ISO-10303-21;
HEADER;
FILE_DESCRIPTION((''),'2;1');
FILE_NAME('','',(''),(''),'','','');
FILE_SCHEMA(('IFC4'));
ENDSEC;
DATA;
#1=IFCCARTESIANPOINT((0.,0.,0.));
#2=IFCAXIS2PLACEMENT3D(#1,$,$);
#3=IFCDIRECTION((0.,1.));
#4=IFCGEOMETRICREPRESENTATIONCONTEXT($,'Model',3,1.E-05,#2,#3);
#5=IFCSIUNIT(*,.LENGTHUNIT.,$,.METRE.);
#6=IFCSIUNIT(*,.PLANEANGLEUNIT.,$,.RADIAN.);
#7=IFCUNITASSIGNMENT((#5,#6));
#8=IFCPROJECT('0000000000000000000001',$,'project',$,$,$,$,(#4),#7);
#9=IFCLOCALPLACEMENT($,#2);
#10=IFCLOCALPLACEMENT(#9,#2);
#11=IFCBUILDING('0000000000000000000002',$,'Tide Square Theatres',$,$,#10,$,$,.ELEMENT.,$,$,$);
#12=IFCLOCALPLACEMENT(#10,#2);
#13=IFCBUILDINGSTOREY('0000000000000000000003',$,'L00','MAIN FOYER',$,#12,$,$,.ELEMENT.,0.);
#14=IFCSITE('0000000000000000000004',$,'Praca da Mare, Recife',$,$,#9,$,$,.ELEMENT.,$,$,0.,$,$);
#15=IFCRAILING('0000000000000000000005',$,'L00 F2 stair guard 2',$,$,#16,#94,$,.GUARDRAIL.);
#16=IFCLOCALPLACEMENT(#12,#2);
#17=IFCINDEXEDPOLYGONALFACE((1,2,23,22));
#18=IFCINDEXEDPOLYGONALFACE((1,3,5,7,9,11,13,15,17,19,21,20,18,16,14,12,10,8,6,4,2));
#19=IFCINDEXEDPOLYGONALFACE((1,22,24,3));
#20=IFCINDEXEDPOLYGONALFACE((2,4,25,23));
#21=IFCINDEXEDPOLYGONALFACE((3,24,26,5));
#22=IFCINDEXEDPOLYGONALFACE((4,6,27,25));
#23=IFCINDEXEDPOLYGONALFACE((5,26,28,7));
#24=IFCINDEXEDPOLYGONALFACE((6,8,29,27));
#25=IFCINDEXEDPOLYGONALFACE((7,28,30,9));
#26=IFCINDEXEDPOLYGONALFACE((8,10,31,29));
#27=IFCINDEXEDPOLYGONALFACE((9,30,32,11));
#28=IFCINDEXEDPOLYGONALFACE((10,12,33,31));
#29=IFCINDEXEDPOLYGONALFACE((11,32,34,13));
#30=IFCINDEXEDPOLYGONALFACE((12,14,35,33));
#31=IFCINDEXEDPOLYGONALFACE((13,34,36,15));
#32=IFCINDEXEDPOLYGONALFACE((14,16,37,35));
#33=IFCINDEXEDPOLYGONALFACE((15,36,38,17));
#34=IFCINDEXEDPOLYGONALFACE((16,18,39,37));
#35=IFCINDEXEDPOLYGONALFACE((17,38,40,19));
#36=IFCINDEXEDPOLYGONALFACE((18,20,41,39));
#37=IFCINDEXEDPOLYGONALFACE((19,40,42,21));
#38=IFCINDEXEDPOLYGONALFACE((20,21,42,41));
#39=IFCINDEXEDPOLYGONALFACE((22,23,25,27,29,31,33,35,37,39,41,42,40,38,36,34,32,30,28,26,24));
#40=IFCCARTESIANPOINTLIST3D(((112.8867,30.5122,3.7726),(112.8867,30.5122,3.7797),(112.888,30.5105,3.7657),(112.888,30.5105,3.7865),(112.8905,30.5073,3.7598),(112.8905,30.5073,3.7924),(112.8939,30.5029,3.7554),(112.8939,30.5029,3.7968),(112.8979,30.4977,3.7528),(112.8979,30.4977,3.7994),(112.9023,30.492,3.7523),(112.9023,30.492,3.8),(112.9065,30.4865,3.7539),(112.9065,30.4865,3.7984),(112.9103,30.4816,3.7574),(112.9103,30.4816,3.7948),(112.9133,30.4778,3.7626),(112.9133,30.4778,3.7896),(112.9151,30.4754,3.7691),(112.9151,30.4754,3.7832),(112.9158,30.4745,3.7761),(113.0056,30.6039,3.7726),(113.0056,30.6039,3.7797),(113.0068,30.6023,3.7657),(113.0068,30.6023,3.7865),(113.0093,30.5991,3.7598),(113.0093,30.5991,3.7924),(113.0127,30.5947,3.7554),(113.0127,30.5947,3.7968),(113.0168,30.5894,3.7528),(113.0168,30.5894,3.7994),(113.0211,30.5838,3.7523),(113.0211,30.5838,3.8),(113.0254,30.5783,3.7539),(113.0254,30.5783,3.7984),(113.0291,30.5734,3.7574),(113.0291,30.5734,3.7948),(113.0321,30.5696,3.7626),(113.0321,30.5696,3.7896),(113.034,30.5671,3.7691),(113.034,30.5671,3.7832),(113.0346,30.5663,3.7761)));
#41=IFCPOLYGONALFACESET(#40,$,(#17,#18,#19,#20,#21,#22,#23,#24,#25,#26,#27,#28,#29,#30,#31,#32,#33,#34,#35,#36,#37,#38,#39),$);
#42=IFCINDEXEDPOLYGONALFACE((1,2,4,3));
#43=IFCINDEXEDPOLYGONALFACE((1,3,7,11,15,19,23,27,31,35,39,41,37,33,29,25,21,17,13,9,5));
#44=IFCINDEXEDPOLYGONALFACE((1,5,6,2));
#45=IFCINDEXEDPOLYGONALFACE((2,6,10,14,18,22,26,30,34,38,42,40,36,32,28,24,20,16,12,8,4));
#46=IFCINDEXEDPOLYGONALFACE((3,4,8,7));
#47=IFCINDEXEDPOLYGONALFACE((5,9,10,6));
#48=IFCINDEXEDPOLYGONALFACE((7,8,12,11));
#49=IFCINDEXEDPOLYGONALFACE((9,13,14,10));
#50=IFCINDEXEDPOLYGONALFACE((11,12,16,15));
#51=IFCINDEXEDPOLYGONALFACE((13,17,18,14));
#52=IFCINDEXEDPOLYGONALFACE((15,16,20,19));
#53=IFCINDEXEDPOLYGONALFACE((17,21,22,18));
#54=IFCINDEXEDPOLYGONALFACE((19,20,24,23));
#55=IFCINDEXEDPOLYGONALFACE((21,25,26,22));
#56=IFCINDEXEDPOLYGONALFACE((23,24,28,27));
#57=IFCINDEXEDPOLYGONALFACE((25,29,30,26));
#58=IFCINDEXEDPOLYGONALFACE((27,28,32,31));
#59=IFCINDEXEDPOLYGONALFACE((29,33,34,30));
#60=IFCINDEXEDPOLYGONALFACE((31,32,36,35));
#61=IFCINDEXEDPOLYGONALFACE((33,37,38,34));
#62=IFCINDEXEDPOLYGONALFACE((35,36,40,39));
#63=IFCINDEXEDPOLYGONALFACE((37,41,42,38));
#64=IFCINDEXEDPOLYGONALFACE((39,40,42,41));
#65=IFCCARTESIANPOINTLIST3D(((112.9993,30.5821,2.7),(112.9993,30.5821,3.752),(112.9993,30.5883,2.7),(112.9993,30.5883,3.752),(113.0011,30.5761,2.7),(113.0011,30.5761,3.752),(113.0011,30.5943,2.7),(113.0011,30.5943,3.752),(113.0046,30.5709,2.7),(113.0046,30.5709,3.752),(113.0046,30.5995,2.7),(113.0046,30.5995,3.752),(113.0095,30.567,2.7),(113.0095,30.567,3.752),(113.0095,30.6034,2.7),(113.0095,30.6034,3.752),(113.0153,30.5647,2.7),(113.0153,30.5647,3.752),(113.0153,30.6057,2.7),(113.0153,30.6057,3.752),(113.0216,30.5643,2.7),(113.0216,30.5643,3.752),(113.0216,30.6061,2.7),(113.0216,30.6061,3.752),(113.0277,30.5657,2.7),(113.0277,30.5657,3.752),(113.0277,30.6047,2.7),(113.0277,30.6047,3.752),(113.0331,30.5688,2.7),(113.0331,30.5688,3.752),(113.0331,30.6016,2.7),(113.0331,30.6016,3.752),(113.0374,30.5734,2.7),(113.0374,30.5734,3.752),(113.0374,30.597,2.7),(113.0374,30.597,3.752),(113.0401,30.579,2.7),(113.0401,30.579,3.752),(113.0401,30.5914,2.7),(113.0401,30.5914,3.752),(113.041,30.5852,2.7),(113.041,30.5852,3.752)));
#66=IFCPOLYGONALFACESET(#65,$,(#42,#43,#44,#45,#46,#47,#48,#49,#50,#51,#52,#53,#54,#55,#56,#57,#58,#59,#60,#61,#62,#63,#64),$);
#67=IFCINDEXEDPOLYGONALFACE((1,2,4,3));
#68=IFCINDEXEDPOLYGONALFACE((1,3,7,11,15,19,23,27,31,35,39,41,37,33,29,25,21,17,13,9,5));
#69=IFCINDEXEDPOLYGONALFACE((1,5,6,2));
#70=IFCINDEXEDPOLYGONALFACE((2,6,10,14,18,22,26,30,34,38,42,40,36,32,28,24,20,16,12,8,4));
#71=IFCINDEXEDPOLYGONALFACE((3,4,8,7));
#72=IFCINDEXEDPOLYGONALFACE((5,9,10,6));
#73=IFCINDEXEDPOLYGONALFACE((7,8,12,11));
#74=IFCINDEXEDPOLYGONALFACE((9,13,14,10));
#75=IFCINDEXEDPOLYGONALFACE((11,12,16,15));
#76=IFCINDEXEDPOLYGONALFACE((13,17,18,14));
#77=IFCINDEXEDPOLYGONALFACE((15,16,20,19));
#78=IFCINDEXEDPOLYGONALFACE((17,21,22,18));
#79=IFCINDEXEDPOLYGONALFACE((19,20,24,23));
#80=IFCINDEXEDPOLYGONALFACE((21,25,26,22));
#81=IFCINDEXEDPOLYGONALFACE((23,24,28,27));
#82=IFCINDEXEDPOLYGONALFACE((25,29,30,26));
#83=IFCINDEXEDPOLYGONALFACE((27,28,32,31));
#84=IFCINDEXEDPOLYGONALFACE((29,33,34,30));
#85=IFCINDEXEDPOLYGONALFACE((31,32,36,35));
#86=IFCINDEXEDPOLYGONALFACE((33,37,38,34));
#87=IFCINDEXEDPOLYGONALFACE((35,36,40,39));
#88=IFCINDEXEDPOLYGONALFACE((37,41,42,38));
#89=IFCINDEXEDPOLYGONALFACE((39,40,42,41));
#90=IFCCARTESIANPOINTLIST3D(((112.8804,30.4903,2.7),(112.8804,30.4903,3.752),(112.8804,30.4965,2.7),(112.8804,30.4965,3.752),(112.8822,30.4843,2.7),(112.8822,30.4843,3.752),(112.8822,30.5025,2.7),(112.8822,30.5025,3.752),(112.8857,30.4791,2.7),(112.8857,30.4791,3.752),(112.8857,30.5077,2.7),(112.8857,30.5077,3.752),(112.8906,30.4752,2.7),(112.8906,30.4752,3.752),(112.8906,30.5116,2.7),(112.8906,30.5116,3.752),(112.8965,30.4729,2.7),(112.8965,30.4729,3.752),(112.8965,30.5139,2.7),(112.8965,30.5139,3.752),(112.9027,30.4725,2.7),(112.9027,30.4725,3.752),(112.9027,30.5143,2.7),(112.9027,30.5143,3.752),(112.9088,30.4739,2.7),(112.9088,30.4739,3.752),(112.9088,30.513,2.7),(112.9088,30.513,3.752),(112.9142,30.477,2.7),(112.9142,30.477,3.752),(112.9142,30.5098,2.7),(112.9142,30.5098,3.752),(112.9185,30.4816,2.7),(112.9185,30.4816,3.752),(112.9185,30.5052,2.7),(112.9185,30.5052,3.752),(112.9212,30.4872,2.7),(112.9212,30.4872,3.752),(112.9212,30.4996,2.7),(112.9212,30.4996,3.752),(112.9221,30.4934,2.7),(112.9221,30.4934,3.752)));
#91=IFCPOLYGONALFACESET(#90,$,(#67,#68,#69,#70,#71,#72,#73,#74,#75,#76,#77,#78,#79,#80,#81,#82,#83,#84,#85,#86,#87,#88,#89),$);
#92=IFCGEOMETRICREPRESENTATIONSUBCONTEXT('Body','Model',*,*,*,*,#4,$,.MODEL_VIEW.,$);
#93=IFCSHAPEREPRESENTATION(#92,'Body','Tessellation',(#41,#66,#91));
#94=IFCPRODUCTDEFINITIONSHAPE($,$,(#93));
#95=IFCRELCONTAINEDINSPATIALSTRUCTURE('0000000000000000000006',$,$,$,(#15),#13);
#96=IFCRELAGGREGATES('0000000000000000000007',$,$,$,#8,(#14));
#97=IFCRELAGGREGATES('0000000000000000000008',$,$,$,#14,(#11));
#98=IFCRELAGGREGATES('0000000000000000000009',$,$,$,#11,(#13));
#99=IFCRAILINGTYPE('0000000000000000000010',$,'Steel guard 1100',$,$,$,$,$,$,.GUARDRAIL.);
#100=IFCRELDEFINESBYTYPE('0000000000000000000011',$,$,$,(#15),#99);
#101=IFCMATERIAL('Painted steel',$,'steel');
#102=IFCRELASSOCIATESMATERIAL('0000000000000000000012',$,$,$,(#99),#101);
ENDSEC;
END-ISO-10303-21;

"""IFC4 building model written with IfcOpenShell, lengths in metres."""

from ifc_helpers import new_model, si_unit, direction, frame, origin, origin_2d, place, context, subcontext, project, spatial, circle, extrude, material, type_object, element, save


model = new_model("IFC4")

# Units and contexts
model_context = context("Model", 3, precision=1e-05, world=origin(), true_north=direction((0.0, 1.0)))
body_context = subcontext(model_context, "Body", "Model", "MODEL_VIEW")
ifc_project = project(units=[si_unit("LENGTHUNIT", "METRE"), si_unit("PLANEANGLEUNIT", "RADIAN")], contexts=[model_context])

# Site, building, storey
site_placement = place(None, origin())
site = spatial("IfcSite", under=ifc_project, at=site_placement, Name="Praca da Mare, Recife", CompositionType="ELEMENT", RefElevation=0.0)
building_placement = place(site_placement, origin())
building = spatial("IfcBuilding", under=site, at=building_placement, Name="Tide Square Theatres", CompositionType="ELEMENT")
storey_placement = place(building_placement, origin())
storey = spatial("IfcBuildingStorey", under=building, at=storey_placement, Name="L00", Description="MAIN FOYER", CompositionType="ELEMENT", Elevation=0.0)

# Railing
ifc_material_1 = material(Name="Painted steel", Category="steel")
railing_type_1 = type_object("IfcRailingType", Name="Steel guard 1100", PredefinedType="GUARDRAIL", material=ifc_material_1)
railing_1_placement = place(storey_placement, frame((113.02, 30.5852, 2.7)))
element("IfcRailing", 1, at=railing_1_placement, inside=storey, type_object=railing_type_1, Name="L00 F2 stair guard 2", PredefinedType="GUARDRAIL", context=body_context, shape_type="SweptSolid", body=[
    extrude(circle(Radius=0.0239, at=origin_2d()), frame((0.0, 0.0, 1.0762), z_axis=(-0.791535, -0.611124, 0.0), x_axis=(0.611124, -0.791535, 0.0)), (0.0, 0.0, 1.0), 0.1501),
    extrude(circle(Radius=0.021, at=origin_2d()), origin(), (0.0, 0.0, 1.0), 1.052),
    extrude(circle(Radius=0.021, at=origin_2d()), frame((-0.1189, -0.0918, 0.0)), (0.0, 0.0, 1.0), 1.052),
])

save(model, "model.ifc")
